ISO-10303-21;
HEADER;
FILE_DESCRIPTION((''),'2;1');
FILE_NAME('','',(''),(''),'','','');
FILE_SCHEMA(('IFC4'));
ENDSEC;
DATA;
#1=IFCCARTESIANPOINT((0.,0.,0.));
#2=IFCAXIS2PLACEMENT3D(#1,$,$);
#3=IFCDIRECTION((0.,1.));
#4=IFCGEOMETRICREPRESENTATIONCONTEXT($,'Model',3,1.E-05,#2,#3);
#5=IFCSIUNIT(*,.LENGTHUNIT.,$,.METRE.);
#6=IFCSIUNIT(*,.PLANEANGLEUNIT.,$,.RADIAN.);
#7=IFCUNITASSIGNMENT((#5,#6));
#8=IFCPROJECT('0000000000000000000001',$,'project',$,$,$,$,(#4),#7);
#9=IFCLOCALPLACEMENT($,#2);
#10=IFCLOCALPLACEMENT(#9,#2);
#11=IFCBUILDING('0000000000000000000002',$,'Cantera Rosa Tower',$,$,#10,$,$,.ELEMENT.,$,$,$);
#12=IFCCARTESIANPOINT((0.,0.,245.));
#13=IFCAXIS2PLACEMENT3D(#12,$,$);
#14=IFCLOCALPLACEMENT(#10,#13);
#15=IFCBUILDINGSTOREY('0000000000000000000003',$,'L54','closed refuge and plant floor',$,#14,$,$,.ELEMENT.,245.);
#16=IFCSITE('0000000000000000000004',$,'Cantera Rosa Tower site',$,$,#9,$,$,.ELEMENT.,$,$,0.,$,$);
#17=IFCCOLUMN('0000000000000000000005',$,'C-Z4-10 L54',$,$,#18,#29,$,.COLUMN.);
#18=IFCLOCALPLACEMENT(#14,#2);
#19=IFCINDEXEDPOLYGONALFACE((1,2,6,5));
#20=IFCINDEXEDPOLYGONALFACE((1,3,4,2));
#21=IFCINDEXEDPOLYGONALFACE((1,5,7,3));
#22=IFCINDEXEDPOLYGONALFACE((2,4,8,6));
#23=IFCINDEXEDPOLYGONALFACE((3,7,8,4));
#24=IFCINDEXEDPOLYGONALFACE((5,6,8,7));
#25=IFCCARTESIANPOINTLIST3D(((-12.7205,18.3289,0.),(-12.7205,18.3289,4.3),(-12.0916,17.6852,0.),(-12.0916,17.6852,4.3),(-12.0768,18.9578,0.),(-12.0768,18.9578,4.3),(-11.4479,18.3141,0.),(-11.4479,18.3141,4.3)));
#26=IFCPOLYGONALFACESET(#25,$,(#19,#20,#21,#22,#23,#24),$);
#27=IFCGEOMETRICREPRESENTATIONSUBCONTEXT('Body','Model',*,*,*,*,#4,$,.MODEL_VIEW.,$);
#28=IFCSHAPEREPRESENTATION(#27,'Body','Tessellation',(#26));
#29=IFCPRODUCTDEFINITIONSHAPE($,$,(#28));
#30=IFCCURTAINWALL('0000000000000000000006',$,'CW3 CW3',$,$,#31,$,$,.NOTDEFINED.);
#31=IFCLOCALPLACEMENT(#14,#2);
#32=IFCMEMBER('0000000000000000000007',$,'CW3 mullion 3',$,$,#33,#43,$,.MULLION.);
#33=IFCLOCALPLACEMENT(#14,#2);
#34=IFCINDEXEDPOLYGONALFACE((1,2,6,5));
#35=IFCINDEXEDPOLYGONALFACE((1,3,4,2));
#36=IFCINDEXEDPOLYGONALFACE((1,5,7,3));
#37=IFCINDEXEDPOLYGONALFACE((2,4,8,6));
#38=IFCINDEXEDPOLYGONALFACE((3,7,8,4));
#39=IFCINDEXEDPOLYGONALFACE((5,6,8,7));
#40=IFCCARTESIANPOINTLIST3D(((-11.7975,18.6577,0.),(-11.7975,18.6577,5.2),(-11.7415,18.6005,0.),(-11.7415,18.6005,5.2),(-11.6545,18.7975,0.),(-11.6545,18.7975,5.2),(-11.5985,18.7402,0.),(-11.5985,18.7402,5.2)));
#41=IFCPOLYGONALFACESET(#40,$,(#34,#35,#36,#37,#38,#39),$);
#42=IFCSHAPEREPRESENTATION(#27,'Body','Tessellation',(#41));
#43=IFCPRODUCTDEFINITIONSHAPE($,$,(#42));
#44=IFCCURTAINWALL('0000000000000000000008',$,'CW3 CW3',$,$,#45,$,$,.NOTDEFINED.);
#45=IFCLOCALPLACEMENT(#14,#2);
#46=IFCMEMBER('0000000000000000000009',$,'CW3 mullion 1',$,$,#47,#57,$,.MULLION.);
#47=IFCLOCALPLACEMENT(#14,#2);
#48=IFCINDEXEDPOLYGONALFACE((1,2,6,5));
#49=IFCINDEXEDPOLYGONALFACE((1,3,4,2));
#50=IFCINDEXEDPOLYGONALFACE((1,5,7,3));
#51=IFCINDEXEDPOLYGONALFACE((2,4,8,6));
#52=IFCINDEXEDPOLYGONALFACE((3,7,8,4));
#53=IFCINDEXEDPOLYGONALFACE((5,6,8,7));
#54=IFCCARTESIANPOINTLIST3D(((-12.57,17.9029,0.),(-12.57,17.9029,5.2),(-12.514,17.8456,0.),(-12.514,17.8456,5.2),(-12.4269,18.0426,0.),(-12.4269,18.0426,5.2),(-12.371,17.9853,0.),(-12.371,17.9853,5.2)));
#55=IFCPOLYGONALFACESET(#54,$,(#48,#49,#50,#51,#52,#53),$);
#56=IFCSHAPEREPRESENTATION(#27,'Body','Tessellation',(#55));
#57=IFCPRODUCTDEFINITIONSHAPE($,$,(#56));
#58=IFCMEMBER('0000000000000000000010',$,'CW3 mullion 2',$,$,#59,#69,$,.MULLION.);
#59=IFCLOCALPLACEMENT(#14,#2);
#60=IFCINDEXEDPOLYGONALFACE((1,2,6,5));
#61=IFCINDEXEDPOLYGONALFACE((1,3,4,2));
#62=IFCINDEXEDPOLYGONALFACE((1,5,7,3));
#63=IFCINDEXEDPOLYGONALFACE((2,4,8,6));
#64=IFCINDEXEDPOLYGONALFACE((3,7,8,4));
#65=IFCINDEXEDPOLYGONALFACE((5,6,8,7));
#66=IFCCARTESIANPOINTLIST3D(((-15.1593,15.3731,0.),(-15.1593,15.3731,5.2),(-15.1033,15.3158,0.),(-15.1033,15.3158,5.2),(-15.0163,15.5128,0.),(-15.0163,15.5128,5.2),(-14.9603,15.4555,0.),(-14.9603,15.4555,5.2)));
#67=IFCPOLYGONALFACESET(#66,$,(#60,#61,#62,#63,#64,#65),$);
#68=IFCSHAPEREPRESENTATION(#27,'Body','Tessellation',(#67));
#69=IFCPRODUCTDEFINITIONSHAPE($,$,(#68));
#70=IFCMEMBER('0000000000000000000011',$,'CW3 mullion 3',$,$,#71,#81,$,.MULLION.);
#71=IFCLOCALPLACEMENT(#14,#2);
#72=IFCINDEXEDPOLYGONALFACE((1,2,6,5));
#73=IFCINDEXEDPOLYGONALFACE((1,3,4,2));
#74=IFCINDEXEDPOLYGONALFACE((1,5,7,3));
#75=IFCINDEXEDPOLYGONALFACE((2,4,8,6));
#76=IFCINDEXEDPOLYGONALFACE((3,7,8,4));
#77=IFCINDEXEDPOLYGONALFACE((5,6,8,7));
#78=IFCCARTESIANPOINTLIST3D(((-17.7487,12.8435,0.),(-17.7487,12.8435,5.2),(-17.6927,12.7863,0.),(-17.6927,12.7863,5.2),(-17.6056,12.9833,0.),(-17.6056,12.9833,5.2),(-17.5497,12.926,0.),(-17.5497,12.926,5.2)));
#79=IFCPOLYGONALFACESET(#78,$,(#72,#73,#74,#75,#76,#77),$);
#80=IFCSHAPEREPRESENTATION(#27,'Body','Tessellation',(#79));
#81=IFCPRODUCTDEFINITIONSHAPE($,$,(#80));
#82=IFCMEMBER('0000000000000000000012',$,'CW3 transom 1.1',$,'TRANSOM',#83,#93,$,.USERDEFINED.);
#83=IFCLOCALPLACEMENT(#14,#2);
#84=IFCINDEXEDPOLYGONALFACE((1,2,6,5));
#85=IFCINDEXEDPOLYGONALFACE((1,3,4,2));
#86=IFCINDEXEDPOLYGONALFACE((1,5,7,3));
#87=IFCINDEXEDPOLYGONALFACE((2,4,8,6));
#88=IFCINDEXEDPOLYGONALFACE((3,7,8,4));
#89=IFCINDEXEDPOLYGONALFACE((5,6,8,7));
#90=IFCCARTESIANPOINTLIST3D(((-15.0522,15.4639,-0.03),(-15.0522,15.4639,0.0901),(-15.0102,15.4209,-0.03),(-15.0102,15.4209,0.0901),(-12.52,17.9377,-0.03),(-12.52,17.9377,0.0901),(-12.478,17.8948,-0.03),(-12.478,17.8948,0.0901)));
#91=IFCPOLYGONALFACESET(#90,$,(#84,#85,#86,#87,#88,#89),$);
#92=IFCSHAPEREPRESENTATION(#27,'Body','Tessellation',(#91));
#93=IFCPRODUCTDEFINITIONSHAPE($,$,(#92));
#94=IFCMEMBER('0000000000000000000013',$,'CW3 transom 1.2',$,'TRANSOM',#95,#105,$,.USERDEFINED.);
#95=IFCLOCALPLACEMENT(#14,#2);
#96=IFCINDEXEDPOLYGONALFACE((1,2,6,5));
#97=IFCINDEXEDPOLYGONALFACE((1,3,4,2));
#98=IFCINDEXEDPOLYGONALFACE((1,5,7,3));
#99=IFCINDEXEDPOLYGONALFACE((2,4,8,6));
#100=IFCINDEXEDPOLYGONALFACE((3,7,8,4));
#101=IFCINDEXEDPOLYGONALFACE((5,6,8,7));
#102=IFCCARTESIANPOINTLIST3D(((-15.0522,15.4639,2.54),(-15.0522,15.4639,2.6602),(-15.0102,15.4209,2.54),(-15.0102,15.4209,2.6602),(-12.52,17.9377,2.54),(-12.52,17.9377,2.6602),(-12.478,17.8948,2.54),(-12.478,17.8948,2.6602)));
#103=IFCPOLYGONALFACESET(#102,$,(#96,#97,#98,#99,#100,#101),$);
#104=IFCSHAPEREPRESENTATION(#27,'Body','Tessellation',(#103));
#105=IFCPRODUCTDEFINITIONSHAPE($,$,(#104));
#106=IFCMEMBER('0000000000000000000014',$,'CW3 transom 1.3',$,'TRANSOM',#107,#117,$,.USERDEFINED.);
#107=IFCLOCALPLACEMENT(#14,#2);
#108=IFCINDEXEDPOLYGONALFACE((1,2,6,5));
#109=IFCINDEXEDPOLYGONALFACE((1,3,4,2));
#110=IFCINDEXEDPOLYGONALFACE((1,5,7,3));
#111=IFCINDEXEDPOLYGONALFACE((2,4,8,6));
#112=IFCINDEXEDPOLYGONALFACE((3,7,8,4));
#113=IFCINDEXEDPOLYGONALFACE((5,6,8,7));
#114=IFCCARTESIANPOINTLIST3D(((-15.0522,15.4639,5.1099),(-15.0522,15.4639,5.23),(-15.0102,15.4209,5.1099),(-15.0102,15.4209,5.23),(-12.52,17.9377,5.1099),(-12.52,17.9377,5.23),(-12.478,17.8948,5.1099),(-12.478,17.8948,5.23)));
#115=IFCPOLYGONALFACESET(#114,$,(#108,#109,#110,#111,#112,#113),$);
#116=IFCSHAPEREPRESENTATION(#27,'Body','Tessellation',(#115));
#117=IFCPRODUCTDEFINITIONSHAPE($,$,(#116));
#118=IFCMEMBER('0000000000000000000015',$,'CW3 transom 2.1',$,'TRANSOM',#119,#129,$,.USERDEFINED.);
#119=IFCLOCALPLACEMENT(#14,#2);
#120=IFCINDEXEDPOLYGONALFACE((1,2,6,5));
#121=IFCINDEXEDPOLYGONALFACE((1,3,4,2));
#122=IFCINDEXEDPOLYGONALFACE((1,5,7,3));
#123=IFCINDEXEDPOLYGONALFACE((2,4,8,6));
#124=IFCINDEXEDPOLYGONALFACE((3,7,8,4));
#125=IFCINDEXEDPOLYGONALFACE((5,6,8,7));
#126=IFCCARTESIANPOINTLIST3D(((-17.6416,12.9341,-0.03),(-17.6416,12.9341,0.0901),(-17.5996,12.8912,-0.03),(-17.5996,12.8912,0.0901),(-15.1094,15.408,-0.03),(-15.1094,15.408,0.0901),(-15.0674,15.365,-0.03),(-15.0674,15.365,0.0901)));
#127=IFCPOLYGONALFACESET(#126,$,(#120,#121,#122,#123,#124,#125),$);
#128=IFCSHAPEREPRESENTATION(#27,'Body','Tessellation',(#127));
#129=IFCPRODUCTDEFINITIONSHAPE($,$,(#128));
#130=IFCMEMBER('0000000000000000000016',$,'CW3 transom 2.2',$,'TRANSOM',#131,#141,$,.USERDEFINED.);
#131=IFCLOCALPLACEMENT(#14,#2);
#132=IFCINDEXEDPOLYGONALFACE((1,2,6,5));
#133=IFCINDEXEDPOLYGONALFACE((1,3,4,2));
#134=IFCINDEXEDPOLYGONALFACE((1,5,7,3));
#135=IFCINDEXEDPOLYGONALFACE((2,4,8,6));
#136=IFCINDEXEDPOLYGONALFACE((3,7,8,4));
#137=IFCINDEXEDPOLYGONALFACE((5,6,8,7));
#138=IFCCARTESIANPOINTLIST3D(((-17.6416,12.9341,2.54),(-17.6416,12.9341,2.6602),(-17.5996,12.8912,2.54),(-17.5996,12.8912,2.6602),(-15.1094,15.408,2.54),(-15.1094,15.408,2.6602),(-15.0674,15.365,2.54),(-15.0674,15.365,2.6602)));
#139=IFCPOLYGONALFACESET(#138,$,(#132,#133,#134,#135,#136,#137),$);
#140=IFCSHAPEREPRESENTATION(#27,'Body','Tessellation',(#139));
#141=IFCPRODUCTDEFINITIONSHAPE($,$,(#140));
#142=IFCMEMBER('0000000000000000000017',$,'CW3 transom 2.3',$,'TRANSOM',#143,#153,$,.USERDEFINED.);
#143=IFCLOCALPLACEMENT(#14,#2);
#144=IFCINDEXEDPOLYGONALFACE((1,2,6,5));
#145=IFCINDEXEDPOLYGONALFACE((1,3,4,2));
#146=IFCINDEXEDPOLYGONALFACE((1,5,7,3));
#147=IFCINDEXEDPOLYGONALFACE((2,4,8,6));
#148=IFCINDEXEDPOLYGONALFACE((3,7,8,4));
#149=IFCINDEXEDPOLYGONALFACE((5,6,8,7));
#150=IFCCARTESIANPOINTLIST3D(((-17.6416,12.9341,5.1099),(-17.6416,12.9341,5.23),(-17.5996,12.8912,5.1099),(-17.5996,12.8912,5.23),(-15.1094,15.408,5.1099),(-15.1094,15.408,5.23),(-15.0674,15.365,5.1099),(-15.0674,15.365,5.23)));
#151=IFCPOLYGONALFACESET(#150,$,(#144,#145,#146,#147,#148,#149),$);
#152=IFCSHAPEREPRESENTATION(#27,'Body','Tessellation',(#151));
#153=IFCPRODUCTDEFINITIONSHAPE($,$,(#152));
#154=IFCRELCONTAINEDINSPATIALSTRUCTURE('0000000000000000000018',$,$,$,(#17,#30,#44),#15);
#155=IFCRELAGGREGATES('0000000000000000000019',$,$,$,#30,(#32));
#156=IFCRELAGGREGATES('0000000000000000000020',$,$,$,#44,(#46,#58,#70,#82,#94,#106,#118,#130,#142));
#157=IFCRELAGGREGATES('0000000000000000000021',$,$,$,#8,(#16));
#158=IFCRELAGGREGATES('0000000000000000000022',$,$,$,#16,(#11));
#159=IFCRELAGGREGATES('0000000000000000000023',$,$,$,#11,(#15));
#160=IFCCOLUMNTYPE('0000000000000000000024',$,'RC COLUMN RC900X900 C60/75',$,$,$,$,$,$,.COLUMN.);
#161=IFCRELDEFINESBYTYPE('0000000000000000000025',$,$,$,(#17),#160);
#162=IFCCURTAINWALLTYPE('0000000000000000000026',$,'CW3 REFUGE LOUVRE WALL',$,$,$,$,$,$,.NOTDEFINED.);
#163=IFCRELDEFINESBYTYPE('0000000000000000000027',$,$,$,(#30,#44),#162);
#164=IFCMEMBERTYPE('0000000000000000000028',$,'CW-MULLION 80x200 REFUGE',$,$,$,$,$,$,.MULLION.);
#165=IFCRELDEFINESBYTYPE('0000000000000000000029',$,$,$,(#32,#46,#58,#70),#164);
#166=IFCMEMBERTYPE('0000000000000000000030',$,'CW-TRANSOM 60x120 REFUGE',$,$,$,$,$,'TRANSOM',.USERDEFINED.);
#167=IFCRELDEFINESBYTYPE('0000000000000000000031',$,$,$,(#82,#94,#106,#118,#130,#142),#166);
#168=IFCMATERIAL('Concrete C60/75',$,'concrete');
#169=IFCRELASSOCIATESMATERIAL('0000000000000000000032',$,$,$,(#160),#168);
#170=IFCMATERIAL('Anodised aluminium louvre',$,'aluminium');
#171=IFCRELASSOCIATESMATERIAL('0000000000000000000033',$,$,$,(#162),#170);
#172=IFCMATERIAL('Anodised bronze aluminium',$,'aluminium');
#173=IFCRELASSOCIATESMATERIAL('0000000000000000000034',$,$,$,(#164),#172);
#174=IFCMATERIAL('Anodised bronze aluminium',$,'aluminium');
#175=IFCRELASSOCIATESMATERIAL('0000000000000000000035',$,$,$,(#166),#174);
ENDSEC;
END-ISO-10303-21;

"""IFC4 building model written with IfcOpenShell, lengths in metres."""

from ifc_helpers import new_model, si_unit, direction, frame, origin, origin_2d, place, context, subcontext, project, spatial, rectangle, extrude, material, material_profile, profile_set, type_object, element, aggregate, save


model = new_model("IFC4")

# Units and contexts
model_context = context("Model", 3, precision=1e-05, world=origin(), true_north=direction((0.0, 1.0)))
body_context = subcontext(model_context, "Body", "Model", "MODEL_VIEW")
ifc_project = project(units=[si_unit("LENGTHUNIT", "METRE"), si_unit("PLANEANGLEUNIT", "RADIAN")], contexts=[model_context])

# Site, building, storey
site_placement = place(None, origin())
site = spatial("IfcSite", under=ifc_project, at=site_placement, Name="Cantera Rosa Tower site", CompositionType="ELEMENT", RefElevation=0.0)
building_placement = place(site_placement, origin())
building = spatial("IfcBuilding", under=site, at=building_placement, Name="Cantera Rosa Tower", CompositionType="ELEMENT")
storey_placement = place(building_placement, frame((0.0, 0.0, 245.0)))
storey = spatial("IfcBuildingStorey", under=building, at=storey_placement, Name="L54", Description="closed refuge and plant floor", CompositionType="ELEMENT", Elevation=245.0)

# Column
ifc_material_1 = material(Name="Concrete C60/75", Category="concrete")
ifc_material_profile_1 = material_profile(ifc_material_1, rectangle(XDim=0.8999, YDim=0.8999, at=origin_2d()), Name="RC COLUMN RC900X900 C60/75")
ifc_profile_set_1 = profile_set([ifc_material_profile_1], Name="Concrete C60/75")
column_type = type_object("IfcColumnType", Name="RC COLUMN RC900X900 C60/75", PredefinedType="COLUMN", material=ifc_profile_set_1)
column_placement = place(storey_placement, frame((-12.0842, 18.3215, 0.0), z_axis=(0.0, 0.0, 1.0), x_axis=(0.715286, 0.698832, 0.0)))
element("IfcColumn", 1, at=column_placement, inside=storey, type_object=column_type, Name="C-Z4-10 L54", PredefinedType="COLUMN", context=body_context, shape_type="SweptSolid", body=[
    extrude(rectangle(XDim=0.8999, YDim=0.8999, at=origin_2d()), origin(), (0.0, 0.0, 1.0), 4.3),
])

# Curtain wall, member
ifc_material_2 = material(Name="Anodised aluminium louvre", Category="aluminium")
curtain_wall_type = type_object("IfcCurtainWallType", Name="CW3 REFUGE LOUVRE WALL", PredefinedType="NOTDEFINED", material=ifc_material_2)
curtain_wall_1_placement = place(storey_placement, origin())
curtain_wall_1 = element("IfcCurtainWall", 2, at=curtain_wall_1_placement, inside=storey, type_object=curtain_wall_type, Name="CW3 CW3", PredefinedType="NOTDEFINED")
ifc_material_3 = material(Name="Anodised bronze aluminium", Category="aluminium")
ifc_material_profile_2 = material_profile(ifc_material_3, rectangle(XDim=0.0801, YDim=0.2, at=origin_2d()), Name="CW-MULLION 80x200 REFUGE")
ifc_profile_set_2 = profile_set([ifc_material_profile_2], Name="Anodised bronze aluminium")
member_type_1 = type_object("IfcMemberType", Name="CW-MULLION 80x200 REFUGE", PredefinedType="MULLION", material=ifc_profile_set_2)
member_1_placement = place(storey_placement, frame((-11.698, 18.699, 0.0), z_axis=(0.0, 0.0, 1.0), x_axis=(0.698832, -0.715286, 0.0)))
member_1 = element("IfcMember", 3, at=member_1_placement, type_object=member_type_1, Name="CW3 mullion 3", PredefinedType="MULLION", context=body_context, shape_type="SweptSolid", body=[
    extrude(rectangle(XDim=0.0801, YDim=0.2, at=origin_2d()), origin(), (0.0, 0.0, 1.0), 5.2),
])
aggregate(curtain_wall_1, [member_1])

# Curtain wall, members
curtain_wall_2_placement = place(storey_placement, origin())
curtain_wall_2 = element("IfcCurtainWall", 4, at=curtain_wall_2_placement, inside=storey, type_object=curtain_wall_type, Name="CW3 CW3", PredefinedType="NOTDEFINED")
member_2_placement = place(storey_placement, frame((-12.4705, 17.9441, 0.0), z_axis=(0.0, 0.0, 1.0), x_axis=(0.698832, -0.715286, 0.0)))
member_2 = element("IfcMember", 5, at=member_2_placement, type_object=member_type_1, Name="CW3 mullion 1", PredefinedType="MULLION", context=body_context, shape_type="SweptSolid", body=[
    extrude(rectangle(XDim=0.0801, YDim=0.2, at=origin_2d()), origin(), (0.0, 0.0, 1.0), 5.2),
])
member_3_placement = place(storey_placement, frame((-15.0598, 15.4143, 0.0), z_axis=(0.0, 0.0, 1.0), x_axis=(0.698832, -0.715286, 0.0)))
member_3 = element("IfcMember", 6, at=member_3_placement, type_object=member_type_1, Name="CW3 mullion 2", PredefinedType="MULLION", context=body_context, shape_type="SweptSolid", body=[
    extrude(rectangle(XDim=0.0801, YDim=0.2, at=origin_2d()), origin(), (0.0, 0.0, 1.0), 5.2),
])
member_4_placement = place(storey_placement, frame((-17.6492, 12.8848, 0.0), z_axis=(0.0, 0.0, 1.0), x_axis=(0.698832, -0.715286, 0.0)))
member_4 = element("IfcMember", 7, at=member_4_placement, type_object=member_type_1, Name="CW3 mullion 3", PredefinedType="MULLION", context=body_context, shape_type="SweptSolid", body=[
    extrude(rectangle(XDim=0.0801, YDim=0.2, at=origin_2d()), origin(), (0.0, 0.0, 1.0), 5.2),
])
ifc_material_4 = material(Name="Anodised bronze aluminium", Category="aluminium")
ifc_material_profile_3 = material_profile(ifc_material_4, rectangle(XDim=0.0601, YDim=0.1201, at=origin_2d()), Name="CW-TRANSOM 60x120 REFUGE")
ifc_profile_set_3 = profile_set([ifc_material_profile_3], Name="Anodised bronze aluminium")
member_type_2 = type_object("IfcMemberType", Name="CW-TRANSOM 60x120 REFUGE", ElementType="TRANSOM", PredefinedType="USERDEFINED", material=ifc_profile_set_3)
member_5_placement = place(storey_placement, frame((-12.499, 17.9163, 0.03), z_axis=(-0.7153, -0.698817, 0.0), x_axis=(0.698817, -0.7153, 0.0)))
member_5 = element("IfcMember", 8, at=member_5_placement, type_object=member_type_2, Name="CW3 transom 1.1", ObjectType="TRANSOM", PredefinedType="USERDEFINED", context=body_context, shape_type="SweptSolid", body=[
    extrude(rectangle(XDim=0.0601, YDim=0.1201, at=origin_2d()), origin(), (0.0, 0.0, 1.0), 3.54),
])
member_6_placement = place(storey_placement, frame((-12.499, 17.9163, 2.6001), z_axis=(-0.7153, -0.698817, 0.0), x_axis=(0.698817, -0.7153, 0.0)))
member_6 = element("IfcMember", 9, at=member_6_placement, type_object=member_type_2, Name="CW3 transom 1.2", ObjectType="TRANSOM", PredefinedType="USERDEFINED", context=body_context, shape_type="SweptSolid", body=[
    extrude(rectangle(XDim=0.0601, YDim=0.1201, at=origin_2d()), origin(), (0.0, 0.0, 1.0), 3.54),
])
member_7_placement = place(storey_placement, frame((-12.499, 17.9163, 5.1699), z_axis=(-0.7153, -0.698817, 0.0), x_axis=(0.698817, -0.7153, 0.0)))
member_7 = element("IfcMember", 10, at=member_7_placement, type_object=member_type_2, Name="CW3 transom 1.3", ObjectType="TRANSOM", PredefinedType="USERDEFINED", context=body_context, shape_type="SweptSolid", body=[
    extrude(rectangle(XDim=0.0601, YDim=0.1201, at=origin_2d()), origin(), (0.0, 0.0, 1.0), 3.54),
])
member_8_placement = place(storey_placement, frame((-15.0884, 15.3865, 0.03), z_axis=(-0.7153, -0.698817, 0.0), x_axis=(0.698817, -0.7153, 0.0)))
member_8 = element("IfcMember", 11, at=member_8_placement, type_object=member_type_2, Name="CW3 transom 2.1", ObjectType="TRANSOM", PredefinedType="USERDEFINED", context=body_context, shape_type="SweptSolid", body=[
    extrude(rectangle(XDim=0.0601, YDim=0.1201, at=origin_2d()), origin(), (0.0, 0.0, 1.0), 3.54),
])
member_9_placement = place(storey_placement, frame((-15.0884, 15.3865, 2.6001), z_axis=(-0.7153, -0.698817, 0.0), x_axis=(0.698817, -0.7153, 0.0)))
member_9 = element("IfcMember", 12, at=member_9_placement, type_object=member_type_2, Name="CW3 transom 2.2", ObjectType="TRANSOM", PredefinedType="USERDEFINED", context=body_context, shape_type="SweptSolid", body=[
    extrude(rectangle(XDim=0.0601, YDim=0.1201, at=origin_2d()), origin(), (0.0, 0.0, 1.0), 3.54),
])
member_10_placement = place(storey_placement, frame((-15.0884, 15.3865, 5.1699), z_axis=(-0.7153, -0.698817, 0.0), x_axis=(0.698817, -0.7153, 0.0)))
member_10 = element("IfcMember", 13, at=member_10_placement, type_object=member_type_2, Name="CW3 transom 2.3", ObjectType="TRANSOM", PredefinedType="USERDEFINED", context=body_context, shape_type="SweptSolid", body=[
    extrude(rectangle(XDim=0.0601, YDim=0.1201, at=origin_2d()), origin(), (0.0, 0.0, 1.0), 3.54),
])

aggregate(curtain_wall_2, [member_2, member_3, member_4, member_5, member_6, member_7, member_8, member_9, member_10])

save(model, "model.ifc")
